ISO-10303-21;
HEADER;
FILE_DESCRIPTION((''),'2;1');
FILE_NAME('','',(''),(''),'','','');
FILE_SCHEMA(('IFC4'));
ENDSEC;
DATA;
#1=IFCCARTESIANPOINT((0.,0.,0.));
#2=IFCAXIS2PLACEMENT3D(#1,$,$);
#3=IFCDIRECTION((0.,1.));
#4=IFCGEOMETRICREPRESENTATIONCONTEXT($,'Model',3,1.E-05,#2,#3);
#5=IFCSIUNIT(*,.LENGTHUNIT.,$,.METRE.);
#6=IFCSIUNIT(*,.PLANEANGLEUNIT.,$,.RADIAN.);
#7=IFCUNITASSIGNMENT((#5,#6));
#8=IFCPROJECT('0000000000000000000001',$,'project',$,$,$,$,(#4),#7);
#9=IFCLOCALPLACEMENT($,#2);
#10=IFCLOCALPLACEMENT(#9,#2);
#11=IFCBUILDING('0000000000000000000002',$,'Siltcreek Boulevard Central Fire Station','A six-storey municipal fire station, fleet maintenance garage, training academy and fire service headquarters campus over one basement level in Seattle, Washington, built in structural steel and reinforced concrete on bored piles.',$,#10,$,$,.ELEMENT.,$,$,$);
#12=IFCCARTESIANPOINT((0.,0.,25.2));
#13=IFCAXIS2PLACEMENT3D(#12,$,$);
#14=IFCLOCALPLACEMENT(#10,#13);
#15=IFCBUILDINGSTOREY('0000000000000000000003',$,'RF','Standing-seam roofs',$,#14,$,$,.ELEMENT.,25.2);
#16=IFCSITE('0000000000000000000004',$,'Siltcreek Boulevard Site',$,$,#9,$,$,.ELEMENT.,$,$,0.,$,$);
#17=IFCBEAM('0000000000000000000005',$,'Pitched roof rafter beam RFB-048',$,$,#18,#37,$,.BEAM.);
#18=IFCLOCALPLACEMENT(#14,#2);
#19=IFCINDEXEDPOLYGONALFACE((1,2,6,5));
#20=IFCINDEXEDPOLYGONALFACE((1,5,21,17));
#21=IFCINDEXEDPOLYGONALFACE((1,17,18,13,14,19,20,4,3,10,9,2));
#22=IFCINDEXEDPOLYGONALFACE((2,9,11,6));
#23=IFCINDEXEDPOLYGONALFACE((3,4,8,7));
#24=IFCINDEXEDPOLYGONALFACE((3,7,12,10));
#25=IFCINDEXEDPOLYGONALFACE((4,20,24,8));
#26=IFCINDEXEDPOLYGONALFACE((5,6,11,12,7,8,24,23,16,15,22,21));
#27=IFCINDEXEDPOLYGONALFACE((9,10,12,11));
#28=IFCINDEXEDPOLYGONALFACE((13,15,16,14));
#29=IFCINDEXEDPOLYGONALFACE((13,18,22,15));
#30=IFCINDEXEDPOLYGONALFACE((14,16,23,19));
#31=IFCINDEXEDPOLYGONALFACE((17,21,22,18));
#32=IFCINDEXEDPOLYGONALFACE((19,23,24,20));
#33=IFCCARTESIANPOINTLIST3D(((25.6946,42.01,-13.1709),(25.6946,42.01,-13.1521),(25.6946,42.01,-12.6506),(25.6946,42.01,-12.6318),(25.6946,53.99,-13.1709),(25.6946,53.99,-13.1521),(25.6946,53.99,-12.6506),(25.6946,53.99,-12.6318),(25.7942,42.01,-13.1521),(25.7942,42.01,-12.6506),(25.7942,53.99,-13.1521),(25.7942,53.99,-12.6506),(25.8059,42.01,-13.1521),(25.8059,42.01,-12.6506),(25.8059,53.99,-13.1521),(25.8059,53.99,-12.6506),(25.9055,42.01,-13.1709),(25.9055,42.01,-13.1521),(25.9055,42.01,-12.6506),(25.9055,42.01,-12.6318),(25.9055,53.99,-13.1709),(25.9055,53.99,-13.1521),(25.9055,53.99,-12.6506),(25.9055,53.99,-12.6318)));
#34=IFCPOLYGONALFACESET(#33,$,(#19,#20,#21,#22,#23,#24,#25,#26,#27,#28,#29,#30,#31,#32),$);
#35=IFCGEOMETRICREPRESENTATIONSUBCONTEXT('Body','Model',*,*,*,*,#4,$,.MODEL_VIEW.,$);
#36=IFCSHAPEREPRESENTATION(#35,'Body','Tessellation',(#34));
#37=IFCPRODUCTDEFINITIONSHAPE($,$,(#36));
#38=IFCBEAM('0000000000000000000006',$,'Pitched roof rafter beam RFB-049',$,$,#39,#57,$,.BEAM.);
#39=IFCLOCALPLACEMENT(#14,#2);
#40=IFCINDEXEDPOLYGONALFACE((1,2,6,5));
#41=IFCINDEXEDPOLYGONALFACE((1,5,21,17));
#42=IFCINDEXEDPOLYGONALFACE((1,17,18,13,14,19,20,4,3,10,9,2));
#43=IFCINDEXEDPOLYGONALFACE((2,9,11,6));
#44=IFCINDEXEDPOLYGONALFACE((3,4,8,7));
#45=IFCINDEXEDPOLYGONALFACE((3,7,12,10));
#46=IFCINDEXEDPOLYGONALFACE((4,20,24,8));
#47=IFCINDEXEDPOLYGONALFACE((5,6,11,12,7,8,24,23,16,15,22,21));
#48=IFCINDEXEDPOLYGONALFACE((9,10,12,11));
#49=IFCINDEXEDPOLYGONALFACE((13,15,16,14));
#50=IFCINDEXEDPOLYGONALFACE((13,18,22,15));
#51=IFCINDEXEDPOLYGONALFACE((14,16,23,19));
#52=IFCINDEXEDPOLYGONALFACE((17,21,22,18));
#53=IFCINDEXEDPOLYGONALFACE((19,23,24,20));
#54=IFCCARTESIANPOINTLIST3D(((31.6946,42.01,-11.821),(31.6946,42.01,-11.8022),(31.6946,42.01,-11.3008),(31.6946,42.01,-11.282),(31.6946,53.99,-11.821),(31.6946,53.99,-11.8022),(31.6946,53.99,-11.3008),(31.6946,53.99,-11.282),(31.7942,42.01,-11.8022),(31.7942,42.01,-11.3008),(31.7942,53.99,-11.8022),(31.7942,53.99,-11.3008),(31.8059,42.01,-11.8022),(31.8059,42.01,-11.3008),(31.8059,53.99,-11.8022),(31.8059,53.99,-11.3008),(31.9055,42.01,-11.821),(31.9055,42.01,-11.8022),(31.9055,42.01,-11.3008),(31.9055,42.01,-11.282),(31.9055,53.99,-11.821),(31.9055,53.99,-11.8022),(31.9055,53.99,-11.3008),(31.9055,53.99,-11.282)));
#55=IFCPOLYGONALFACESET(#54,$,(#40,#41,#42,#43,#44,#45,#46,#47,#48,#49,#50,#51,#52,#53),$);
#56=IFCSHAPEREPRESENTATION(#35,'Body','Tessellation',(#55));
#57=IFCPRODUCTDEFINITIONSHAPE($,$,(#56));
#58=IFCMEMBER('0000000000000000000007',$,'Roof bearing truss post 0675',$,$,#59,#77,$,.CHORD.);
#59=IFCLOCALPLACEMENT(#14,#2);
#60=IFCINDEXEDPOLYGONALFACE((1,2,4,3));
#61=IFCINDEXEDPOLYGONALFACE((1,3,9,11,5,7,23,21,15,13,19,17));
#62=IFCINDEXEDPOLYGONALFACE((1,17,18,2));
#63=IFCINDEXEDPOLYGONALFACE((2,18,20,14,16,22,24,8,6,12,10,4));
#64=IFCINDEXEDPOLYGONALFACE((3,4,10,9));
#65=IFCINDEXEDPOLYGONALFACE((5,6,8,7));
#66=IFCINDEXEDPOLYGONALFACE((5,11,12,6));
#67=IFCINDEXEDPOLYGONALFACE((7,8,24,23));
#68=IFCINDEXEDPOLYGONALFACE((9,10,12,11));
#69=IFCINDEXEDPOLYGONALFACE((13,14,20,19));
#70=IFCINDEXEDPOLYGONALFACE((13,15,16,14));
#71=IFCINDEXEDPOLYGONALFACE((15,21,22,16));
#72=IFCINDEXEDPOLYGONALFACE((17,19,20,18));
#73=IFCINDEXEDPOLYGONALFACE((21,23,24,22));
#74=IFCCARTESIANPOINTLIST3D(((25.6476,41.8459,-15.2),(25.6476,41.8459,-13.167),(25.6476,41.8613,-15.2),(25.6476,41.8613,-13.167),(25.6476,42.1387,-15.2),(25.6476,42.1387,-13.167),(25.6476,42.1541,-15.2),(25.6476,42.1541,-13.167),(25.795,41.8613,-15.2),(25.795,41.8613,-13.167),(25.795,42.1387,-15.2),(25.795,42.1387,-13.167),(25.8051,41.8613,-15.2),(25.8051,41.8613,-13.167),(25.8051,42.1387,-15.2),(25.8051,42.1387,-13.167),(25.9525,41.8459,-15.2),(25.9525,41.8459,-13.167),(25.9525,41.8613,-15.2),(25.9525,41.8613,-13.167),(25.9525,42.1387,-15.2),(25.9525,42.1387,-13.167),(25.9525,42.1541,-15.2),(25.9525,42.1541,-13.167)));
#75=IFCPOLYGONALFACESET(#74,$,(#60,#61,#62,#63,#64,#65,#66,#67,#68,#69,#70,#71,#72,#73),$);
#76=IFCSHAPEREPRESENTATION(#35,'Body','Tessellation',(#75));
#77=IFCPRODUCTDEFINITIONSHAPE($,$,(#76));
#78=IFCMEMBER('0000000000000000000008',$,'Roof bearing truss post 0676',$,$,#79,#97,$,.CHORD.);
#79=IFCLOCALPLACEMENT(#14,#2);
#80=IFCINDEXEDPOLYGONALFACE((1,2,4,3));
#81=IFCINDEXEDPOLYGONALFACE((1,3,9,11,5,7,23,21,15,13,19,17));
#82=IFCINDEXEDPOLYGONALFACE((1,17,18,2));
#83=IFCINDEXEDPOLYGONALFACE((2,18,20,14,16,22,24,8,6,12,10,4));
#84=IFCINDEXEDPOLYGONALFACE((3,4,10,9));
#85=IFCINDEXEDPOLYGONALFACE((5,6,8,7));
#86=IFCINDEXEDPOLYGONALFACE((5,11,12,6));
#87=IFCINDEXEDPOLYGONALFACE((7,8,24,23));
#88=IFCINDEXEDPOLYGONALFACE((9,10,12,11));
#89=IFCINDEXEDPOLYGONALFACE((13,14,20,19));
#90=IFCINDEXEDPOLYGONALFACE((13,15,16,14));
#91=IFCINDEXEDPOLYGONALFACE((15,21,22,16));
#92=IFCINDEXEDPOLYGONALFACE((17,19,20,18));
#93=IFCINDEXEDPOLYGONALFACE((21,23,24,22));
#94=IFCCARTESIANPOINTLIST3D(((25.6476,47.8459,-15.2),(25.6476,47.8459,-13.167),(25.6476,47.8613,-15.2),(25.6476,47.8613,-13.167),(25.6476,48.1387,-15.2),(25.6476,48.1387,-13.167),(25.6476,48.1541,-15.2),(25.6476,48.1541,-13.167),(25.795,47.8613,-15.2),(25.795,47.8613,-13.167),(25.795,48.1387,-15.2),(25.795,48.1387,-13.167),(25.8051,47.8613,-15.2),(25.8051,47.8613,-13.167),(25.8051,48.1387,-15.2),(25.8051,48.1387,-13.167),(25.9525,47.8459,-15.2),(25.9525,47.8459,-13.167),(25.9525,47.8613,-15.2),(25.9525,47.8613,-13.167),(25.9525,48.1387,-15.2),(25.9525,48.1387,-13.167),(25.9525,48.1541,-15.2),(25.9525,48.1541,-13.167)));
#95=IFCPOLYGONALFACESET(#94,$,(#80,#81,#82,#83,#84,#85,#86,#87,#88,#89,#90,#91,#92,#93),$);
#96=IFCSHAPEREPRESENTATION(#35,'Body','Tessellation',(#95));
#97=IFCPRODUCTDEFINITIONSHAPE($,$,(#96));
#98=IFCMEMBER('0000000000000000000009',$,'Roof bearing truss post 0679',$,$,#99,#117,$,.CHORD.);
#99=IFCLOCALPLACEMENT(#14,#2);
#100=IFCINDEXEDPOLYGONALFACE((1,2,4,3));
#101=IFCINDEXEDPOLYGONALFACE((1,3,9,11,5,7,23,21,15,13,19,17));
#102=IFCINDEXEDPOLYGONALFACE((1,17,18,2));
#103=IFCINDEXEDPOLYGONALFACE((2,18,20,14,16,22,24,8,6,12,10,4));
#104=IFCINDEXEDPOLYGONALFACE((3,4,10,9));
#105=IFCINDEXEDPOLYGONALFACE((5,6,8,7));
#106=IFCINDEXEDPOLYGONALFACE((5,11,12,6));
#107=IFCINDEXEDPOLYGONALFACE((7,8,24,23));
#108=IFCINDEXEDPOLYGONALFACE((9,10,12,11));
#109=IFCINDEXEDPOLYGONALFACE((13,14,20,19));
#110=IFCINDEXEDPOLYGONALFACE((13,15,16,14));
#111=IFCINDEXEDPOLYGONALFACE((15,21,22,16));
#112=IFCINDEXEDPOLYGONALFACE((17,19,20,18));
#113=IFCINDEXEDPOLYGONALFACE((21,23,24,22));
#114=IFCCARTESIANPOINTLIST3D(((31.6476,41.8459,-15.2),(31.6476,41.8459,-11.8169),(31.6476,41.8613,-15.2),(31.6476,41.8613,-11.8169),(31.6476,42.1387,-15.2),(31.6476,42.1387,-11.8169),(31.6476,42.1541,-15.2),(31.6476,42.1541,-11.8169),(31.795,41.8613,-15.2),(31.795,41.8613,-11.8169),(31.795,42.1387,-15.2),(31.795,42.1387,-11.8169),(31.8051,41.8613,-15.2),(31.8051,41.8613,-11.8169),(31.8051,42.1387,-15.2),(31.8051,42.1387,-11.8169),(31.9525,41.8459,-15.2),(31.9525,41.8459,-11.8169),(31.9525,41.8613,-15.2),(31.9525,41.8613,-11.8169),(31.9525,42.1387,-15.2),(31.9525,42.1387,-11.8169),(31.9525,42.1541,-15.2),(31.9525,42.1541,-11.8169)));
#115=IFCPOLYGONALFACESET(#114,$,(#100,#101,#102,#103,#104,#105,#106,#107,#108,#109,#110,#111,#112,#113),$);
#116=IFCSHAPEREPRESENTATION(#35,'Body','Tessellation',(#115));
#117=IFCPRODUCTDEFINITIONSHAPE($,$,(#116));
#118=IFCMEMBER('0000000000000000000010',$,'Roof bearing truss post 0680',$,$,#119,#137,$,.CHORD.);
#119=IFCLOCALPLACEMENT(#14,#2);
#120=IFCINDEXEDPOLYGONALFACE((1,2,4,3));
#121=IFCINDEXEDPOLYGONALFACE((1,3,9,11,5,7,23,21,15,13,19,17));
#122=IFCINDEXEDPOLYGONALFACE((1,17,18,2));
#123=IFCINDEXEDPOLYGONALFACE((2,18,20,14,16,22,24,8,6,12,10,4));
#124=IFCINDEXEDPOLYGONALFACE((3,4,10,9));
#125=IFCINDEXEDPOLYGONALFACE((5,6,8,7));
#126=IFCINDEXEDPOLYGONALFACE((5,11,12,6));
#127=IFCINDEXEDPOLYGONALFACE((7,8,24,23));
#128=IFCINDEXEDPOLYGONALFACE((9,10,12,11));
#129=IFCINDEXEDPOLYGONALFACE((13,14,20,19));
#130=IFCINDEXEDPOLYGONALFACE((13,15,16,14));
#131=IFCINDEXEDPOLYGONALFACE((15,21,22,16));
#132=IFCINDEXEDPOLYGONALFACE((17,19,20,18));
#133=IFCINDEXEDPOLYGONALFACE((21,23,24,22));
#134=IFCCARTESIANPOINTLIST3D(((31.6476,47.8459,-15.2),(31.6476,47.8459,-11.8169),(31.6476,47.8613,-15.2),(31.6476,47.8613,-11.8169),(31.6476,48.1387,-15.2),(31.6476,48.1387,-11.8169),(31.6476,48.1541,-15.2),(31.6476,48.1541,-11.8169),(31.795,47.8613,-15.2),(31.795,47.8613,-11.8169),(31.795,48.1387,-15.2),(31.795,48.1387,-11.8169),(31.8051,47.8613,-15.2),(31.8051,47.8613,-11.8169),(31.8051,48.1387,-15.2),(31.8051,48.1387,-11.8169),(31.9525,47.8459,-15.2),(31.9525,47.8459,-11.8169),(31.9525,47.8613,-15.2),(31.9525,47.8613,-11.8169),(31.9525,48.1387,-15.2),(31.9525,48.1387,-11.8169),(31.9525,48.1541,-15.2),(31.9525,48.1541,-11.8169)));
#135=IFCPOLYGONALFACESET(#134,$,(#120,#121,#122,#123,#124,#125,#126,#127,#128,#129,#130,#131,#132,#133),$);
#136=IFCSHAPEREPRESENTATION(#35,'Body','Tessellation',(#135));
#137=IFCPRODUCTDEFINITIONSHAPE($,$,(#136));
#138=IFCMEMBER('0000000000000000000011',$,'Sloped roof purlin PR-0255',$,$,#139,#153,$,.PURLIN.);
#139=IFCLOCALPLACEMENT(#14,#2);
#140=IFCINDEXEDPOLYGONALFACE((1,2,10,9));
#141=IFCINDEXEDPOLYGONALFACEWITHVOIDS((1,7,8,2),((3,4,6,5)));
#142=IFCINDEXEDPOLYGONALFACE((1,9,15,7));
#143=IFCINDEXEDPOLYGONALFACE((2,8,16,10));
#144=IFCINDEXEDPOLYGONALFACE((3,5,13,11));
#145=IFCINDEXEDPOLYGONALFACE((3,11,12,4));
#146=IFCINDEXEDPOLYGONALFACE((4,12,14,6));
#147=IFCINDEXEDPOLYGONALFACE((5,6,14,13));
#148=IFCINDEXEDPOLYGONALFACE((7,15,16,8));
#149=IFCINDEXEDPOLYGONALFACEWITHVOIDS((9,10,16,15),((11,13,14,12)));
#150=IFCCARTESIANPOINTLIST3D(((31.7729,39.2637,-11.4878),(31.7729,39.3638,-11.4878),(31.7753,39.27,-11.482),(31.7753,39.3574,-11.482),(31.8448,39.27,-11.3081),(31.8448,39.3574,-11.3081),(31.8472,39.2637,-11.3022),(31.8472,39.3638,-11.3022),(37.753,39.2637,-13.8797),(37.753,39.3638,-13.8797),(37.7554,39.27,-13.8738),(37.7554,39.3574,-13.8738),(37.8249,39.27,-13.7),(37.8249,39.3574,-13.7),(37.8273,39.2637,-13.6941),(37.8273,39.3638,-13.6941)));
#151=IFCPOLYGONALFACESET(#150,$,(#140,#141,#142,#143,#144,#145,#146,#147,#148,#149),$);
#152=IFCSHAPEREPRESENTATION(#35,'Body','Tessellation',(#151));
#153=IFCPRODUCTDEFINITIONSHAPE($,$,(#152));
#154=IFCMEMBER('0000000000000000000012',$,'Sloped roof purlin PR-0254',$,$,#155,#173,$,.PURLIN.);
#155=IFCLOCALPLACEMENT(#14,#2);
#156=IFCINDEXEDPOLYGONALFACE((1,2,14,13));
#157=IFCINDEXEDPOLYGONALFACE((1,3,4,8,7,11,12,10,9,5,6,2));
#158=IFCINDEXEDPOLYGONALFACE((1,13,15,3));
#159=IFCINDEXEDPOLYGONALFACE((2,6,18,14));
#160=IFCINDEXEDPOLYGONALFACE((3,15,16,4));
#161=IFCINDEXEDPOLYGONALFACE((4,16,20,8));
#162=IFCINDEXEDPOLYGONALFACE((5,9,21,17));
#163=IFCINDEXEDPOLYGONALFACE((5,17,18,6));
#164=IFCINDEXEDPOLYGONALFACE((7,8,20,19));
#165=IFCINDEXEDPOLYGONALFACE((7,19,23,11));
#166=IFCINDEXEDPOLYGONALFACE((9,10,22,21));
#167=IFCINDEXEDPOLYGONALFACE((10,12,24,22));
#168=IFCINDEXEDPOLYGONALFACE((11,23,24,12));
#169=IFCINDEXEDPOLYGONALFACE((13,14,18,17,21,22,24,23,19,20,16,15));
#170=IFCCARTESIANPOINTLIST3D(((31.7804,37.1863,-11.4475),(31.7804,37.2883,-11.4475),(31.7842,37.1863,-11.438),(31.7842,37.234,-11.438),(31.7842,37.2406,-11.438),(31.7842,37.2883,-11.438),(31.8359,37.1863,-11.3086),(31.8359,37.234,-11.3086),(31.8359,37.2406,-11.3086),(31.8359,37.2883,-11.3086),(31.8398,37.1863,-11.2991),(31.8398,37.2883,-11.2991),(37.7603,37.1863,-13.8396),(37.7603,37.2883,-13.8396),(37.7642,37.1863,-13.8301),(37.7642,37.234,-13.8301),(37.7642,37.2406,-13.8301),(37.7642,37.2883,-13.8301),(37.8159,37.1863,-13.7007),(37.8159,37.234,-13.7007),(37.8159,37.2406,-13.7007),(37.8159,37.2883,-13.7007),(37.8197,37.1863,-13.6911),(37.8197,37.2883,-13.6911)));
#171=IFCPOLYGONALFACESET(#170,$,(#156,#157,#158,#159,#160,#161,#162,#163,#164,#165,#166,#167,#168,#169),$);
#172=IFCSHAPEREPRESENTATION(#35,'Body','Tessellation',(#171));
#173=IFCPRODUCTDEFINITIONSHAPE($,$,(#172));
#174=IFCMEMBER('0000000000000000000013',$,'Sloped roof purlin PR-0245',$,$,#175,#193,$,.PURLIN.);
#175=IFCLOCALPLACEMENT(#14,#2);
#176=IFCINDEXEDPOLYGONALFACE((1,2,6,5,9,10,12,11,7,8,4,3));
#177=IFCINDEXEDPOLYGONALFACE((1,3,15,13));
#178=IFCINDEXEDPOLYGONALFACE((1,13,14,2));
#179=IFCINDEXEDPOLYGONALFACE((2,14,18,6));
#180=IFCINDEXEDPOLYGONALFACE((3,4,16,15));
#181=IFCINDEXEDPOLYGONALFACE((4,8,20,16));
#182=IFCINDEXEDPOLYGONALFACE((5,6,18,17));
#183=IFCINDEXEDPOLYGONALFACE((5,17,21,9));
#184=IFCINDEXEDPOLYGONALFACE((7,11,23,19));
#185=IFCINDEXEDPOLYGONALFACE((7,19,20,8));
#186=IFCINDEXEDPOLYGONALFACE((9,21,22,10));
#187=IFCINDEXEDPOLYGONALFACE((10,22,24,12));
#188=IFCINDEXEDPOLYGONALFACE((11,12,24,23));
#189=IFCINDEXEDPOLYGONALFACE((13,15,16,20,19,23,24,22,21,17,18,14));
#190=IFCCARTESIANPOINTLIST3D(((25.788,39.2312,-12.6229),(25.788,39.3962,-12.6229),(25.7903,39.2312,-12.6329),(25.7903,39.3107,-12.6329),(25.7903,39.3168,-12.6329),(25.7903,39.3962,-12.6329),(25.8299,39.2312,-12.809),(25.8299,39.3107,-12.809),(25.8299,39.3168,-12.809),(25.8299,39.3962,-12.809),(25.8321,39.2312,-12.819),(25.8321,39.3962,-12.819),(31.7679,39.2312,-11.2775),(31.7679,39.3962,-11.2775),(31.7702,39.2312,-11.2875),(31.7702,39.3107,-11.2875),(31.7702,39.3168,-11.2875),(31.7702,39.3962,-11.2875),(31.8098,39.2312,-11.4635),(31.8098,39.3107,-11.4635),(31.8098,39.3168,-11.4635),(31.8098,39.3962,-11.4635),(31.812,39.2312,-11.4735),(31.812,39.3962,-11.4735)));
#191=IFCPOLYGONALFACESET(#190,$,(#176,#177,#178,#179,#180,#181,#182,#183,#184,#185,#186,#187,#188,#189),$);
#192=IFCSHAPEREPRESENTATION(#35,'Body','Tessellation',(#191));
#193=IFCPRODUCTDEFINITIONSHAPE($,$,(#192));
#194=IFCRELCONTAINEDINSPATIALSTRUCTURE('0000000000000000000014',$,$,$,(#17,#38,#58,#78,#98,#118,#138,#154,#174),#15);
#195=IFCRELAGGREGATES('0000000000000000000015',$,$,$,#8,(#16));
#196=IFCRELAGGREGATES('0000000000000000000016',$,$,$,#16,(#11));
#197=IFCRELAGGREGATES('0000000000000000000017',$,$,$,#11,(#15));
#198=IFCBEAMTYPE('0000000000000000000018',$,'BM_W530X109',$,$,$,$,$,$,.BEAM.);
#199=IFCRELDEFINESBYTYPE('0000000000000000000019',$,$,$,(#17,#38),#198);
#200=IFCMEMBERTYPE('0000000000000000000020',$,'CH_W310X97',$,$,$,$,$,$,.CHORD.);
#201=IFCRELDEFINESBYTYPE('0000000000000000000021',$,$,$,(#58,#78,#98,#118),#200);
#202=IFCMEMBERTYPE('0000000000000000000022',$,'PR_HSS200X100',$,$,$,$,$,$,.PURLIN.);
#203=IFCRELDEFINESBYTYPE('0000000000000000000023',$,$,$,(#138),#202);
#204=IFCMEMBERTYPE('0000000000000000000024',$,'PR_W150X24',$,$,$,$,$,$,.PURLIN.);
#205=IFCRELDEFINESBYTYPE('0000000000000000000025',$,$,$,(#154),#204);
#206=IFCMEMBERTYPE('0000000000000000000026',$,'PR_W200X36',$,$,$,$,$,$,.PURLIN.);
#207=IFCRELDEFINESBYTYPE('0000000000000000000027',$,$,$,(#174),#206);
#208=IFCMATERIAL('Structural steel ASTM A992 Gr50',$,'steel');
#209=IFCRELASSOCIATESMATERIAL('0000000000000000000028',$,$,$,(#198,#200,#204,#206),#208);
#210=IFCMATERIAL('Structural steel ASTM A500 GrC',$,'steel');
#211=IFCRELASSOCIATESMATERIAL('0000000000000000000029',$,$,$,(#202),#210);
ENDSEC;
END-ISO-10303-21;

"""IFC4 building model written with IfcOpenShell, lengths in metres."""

from ifc_helpers import new_model, si_unit, direction, frame, origin, origin_2d, place, context, subcontext, project, spatial, hollow_rectangle, i_section, extrude, material, material_profile, profile_set, type_object, element, save


model = new_model("IFC4")

# Units and contexts
model_context = context("Model", 3, precision=1e-05, world=origin(), true_north=direction((0.0, 1.0)))
body_context = subcontext(model_context, "Body", "Model", "MODEL_VIEW")
ifc_project = project(units=[si_unit("LENGTHUNIT", "METRE"), si_unit("PLANEANGLEUNIT", "RADIAN")], contexts=[model_context])

# Site, building, storey
site_placement = place(None, origin())
site = spatial("IfcSite", under=ifc_project, at=site_placement, Name="Siltcreek Boulevard Site", CompositionType="ELEMENT", RefElevation=0.0)
building_placement = place(site_placement, origin())
building = spatial("IfcBuilding", under=site, at=building_placement, Name="Siltcreek Boulevard Central Fire Station", Description="A six-storey municipal fire station, fleet maintenance garage, training academy and fire service headquarters campus over one basement level in Seattle, Washington, built in structural steel and reinforced concrete on bored piles.", CompositionType="ELEMENT")
storey_placement = place(building_placement, frame((0.0, 0.0, 25.2)))
storey = spatial("IfcBuildingStorey", under=building, at=storey_placement, Name="RF", Description="Standing-seam roofs", CompositionType="ELEMENT", Elevation=25.2)

# Beams
ifc_material_1 = material(Name="Structural steel ASTM A992 Gr50", Category="steel")
ifc_material_profile_1 = material_profile(ifc_material_1, i_section(OverallWidth=0.2109, OverallDepth=0.5391, WebThickness=0.0117, FlangeThickness=0.0188, at=origin_2d()), Name="W530X109")
ifc_profile_set_1 = profile_set([ifc_material_profile_1], Name="Structural steel ASTM A992 Gr50")
beam_type = type_object("IfcBeamType", Name="BM_W530X109", PredefinedType="BEAM", material=ifc_profile_set_1)
for number, where, z_axis, x_axis, name in (
    (1, (25.8, 42.01, -12.9014), (0.0, 1.0, 0.0), (-1.0, 0.0, 0.0), "Pitched roof rafter beam RFB-048"),
    (2, (31.8, 42.01, -11.5515), (0.0, 1.0, 0.0), (-1.0, 0.0, 0.0), "Pitched roof rafter beam RFB-049"),
):
    element("IfcBeam", number, at=place(storey_placement, frame(where, z_axis=z_axis, x_axis=x_axis)), inside=storey, type_object=beam_type, Name=name, PredefinedType="BEAM", context=body_context, shape_type="SweptSolid", body=[
        extrude(i_section(OverallWidth=0.2109, OverallDepth=0.5391, WebThickness=0.0117, FlangeThickness=0.0188, at=origin_2d()), origin(), (0.0, 0.0, 1.0), 11.98),
    ])

# Members
ifc_material_profile_2 = material_profile(ifc_material_1, i_section(OverallWidth=0.3049, OverallDepth=0.3081, WebThickness=0.01, FlangeThickness=0.0154, at=origin_2d()), Name="W310X97")
ifc_profile_set_2 = profile_set([ifc_material_profile_2], Name="Structural steel ASTM A992 Gr50")
member_type_1 = type_object("IfcMemberType", Name="CH_W310X97", PredefinedType="CHORD", material=ifc_profile_set_2)
for number, where, z_axis, x_axis, name in (
    (3, (25.8, 42.0, -15.2), (0.0, 0.0, 1.0), (1.0, 0.0, 0.0), "Roof bearing truss post 0675"),
    (4, (25.8, 48.0, -15.2), (0.0, 0.0, 1.0), (1.0, 0.0, 0.0), "Roof bearing truss post 0676"),
):
    element("IfcMember", number, at=place(storey_placement, frame(where, z_axis=z_axis, x_axis=x_axis)), inside=storey, type_object=member_type_1, Name=name, PredefinedType="CHORD", context=body_context, shape_type="SweptSolid", body=[
        extrude(i_section(OverallWidth=0.3049, OverallDepth=0.3081, WebThickness=0.01, FlangeThickness=0.0154, at=origin_2d()), origin(), (0.0, 0.0, 1.0), 2.033),
    ])
for number, where, z_axis, x_axis, name in (
    (5, (31.8, 42.0, -15.2), (0.0, 0.0, 1.0), (1.0, 0.0, 0.0), "Roof bearing truss post 0679"),
    (6, (31.8, 48.0, -15.2), (0.0, 0.0, 1.0), (1.0, 0.0, 0.0), "Roof bearing truss post 0680"),
):
    element("IfcMember", number, at=place(storey_placement, frame(where, z_axis=z_axis, x_axis=x_axis)), inside=storey, type_object=member_type_1, Name=name, PredefinedType="CHORD", context=body_context, shape_type="SweptSolid", body=[
        extrude(i_section(OverallWidth=0.3049, OverallDepth=0.3081, WebThickness=0.01, FlangeThickness=0.0154, at=origin_2d()), origin(), (0.0, 0.0, 1.0), 3.3831),
    ])
ifc_material_2 = material(Name="Structural steel ASTM A500 GrC", Category="steel")
ifc_material_profile_3 = material_profile(ifc_material_2, hollow_rectangle(XDim=0.1001, YDim=0.2, WallThickness=0.0063, at=origin_2d()), Name="HSS200X100X6.4")
ifc_profile_set_3 = profile_set([ifc_material_profile_3], Name="Structural steel ASTM A500 GrC")
member_type_2 = type_object("IfcMemberType", Name="PR_HSS200X100", PredefinedType="PURLIN", material=ifc_profile_set_3)
member_1_placement = place(storey_placement, frame((31.8101, 39.3137, -11.395), z_axis=(0.928485, 0.0, -0.371371), x_axis=(0.0, 1.0, 0.0)))
element("IfcMember", 7, at=member_1_placement, inside=storey, type_object=member_type_2, Name="Sloped roof purlin PR-0255", PredefinedType="PURLIN", context=body_context, shape_type="SweptSolid", body=[
    extrude(hollow_rectangle(XDim=0.1001, YDim=0.2, WallThickness=0.0063, at=origin_2d()), origin(), (0.0, 0.0, 1.0), 6.4407),
])
ifc_material_profile_4 = material_profile(ifc_material_1, i_section(OverallWidth=0.1021, OverallDepth=0.1599, WebThickness=0.0066, FlangeThickness=0.0103, at=origin_2d()), Name="W150X24")
ifc_profile_set_4 = profile_set([ifc_material_profile_4], Name="Structural steel ASTM A992 Gr50")
member_type_3 = type_object("IfcMemberType", Name="PR_W150X24", PredefinedType="PURLIN", material=ifc_profile_set_4)
member_2_placement = place(storey_placement, frame((31.8101, 37.2373, -11.3733), z_axis=(0.928471, 0.0, -0.371404), x_axis=(0.0, 1.0, 0.0)))
element("IfcMember", 8, at=member_2_placement, inside=storey, type_object=member_type_3, Name="Sloped roof purlin PR-0254", PredefinedType="PURLIN", context=body_context, shape_type="SweptSolid", body=[
    extrude(i_section(OverallWidth=0.1021, OverallDepth=0.1599, WebThickness=0.0066, FlangeThickness=0.0103, at=origin_2d()), origin(), (0.0, 0.0, 1.0), 6.4407),
])
ifc_material_profile_5 = material_profile(ifc_material_1, i_section(OverallWidth=0.165, OverallDepth=0.2009, WebThickness=0.0061, FlangeThickness=0.0103, at=origin_2d()), Name="W200X36")
ifc_profile_set_5 = profile_set([ifc_material_profile_5], Name="Structural steel ASTM A992 Gr50")
member_type_4 = type_object("IfcMemberType", Name="PR_W200X36", PredefinedType="PURLIN", material=ifc_profile_set_5)
for number, where, z_axis, x_axis, name in (
    (9, (25.8101, 39.3137, -12.7209), (0.975611, 0.0, 0.219507), (0.0, 1.0, 0.0), "Sloped roof purlin PR-0245"),
):
    element("IfcMember", number, at=place(storey_placement, frame(where, z_axis=z_axis, x_axis=x_axis)), inside=storey, type_object=member_type_4, Name=name, PredefinedType="PURLIN", context=body_context, shape_type="SweptSolid", body=[
        extrude(i_section(OverallWidth=0.165, OverallDepth=0.2009, WebThickness=0.0061, FlangeThickness=0.0103, at=origin_2d()), origin(), (0.0, 0.0, 1.0), 6.1294),
    ])

save(model, "model.ifc")
